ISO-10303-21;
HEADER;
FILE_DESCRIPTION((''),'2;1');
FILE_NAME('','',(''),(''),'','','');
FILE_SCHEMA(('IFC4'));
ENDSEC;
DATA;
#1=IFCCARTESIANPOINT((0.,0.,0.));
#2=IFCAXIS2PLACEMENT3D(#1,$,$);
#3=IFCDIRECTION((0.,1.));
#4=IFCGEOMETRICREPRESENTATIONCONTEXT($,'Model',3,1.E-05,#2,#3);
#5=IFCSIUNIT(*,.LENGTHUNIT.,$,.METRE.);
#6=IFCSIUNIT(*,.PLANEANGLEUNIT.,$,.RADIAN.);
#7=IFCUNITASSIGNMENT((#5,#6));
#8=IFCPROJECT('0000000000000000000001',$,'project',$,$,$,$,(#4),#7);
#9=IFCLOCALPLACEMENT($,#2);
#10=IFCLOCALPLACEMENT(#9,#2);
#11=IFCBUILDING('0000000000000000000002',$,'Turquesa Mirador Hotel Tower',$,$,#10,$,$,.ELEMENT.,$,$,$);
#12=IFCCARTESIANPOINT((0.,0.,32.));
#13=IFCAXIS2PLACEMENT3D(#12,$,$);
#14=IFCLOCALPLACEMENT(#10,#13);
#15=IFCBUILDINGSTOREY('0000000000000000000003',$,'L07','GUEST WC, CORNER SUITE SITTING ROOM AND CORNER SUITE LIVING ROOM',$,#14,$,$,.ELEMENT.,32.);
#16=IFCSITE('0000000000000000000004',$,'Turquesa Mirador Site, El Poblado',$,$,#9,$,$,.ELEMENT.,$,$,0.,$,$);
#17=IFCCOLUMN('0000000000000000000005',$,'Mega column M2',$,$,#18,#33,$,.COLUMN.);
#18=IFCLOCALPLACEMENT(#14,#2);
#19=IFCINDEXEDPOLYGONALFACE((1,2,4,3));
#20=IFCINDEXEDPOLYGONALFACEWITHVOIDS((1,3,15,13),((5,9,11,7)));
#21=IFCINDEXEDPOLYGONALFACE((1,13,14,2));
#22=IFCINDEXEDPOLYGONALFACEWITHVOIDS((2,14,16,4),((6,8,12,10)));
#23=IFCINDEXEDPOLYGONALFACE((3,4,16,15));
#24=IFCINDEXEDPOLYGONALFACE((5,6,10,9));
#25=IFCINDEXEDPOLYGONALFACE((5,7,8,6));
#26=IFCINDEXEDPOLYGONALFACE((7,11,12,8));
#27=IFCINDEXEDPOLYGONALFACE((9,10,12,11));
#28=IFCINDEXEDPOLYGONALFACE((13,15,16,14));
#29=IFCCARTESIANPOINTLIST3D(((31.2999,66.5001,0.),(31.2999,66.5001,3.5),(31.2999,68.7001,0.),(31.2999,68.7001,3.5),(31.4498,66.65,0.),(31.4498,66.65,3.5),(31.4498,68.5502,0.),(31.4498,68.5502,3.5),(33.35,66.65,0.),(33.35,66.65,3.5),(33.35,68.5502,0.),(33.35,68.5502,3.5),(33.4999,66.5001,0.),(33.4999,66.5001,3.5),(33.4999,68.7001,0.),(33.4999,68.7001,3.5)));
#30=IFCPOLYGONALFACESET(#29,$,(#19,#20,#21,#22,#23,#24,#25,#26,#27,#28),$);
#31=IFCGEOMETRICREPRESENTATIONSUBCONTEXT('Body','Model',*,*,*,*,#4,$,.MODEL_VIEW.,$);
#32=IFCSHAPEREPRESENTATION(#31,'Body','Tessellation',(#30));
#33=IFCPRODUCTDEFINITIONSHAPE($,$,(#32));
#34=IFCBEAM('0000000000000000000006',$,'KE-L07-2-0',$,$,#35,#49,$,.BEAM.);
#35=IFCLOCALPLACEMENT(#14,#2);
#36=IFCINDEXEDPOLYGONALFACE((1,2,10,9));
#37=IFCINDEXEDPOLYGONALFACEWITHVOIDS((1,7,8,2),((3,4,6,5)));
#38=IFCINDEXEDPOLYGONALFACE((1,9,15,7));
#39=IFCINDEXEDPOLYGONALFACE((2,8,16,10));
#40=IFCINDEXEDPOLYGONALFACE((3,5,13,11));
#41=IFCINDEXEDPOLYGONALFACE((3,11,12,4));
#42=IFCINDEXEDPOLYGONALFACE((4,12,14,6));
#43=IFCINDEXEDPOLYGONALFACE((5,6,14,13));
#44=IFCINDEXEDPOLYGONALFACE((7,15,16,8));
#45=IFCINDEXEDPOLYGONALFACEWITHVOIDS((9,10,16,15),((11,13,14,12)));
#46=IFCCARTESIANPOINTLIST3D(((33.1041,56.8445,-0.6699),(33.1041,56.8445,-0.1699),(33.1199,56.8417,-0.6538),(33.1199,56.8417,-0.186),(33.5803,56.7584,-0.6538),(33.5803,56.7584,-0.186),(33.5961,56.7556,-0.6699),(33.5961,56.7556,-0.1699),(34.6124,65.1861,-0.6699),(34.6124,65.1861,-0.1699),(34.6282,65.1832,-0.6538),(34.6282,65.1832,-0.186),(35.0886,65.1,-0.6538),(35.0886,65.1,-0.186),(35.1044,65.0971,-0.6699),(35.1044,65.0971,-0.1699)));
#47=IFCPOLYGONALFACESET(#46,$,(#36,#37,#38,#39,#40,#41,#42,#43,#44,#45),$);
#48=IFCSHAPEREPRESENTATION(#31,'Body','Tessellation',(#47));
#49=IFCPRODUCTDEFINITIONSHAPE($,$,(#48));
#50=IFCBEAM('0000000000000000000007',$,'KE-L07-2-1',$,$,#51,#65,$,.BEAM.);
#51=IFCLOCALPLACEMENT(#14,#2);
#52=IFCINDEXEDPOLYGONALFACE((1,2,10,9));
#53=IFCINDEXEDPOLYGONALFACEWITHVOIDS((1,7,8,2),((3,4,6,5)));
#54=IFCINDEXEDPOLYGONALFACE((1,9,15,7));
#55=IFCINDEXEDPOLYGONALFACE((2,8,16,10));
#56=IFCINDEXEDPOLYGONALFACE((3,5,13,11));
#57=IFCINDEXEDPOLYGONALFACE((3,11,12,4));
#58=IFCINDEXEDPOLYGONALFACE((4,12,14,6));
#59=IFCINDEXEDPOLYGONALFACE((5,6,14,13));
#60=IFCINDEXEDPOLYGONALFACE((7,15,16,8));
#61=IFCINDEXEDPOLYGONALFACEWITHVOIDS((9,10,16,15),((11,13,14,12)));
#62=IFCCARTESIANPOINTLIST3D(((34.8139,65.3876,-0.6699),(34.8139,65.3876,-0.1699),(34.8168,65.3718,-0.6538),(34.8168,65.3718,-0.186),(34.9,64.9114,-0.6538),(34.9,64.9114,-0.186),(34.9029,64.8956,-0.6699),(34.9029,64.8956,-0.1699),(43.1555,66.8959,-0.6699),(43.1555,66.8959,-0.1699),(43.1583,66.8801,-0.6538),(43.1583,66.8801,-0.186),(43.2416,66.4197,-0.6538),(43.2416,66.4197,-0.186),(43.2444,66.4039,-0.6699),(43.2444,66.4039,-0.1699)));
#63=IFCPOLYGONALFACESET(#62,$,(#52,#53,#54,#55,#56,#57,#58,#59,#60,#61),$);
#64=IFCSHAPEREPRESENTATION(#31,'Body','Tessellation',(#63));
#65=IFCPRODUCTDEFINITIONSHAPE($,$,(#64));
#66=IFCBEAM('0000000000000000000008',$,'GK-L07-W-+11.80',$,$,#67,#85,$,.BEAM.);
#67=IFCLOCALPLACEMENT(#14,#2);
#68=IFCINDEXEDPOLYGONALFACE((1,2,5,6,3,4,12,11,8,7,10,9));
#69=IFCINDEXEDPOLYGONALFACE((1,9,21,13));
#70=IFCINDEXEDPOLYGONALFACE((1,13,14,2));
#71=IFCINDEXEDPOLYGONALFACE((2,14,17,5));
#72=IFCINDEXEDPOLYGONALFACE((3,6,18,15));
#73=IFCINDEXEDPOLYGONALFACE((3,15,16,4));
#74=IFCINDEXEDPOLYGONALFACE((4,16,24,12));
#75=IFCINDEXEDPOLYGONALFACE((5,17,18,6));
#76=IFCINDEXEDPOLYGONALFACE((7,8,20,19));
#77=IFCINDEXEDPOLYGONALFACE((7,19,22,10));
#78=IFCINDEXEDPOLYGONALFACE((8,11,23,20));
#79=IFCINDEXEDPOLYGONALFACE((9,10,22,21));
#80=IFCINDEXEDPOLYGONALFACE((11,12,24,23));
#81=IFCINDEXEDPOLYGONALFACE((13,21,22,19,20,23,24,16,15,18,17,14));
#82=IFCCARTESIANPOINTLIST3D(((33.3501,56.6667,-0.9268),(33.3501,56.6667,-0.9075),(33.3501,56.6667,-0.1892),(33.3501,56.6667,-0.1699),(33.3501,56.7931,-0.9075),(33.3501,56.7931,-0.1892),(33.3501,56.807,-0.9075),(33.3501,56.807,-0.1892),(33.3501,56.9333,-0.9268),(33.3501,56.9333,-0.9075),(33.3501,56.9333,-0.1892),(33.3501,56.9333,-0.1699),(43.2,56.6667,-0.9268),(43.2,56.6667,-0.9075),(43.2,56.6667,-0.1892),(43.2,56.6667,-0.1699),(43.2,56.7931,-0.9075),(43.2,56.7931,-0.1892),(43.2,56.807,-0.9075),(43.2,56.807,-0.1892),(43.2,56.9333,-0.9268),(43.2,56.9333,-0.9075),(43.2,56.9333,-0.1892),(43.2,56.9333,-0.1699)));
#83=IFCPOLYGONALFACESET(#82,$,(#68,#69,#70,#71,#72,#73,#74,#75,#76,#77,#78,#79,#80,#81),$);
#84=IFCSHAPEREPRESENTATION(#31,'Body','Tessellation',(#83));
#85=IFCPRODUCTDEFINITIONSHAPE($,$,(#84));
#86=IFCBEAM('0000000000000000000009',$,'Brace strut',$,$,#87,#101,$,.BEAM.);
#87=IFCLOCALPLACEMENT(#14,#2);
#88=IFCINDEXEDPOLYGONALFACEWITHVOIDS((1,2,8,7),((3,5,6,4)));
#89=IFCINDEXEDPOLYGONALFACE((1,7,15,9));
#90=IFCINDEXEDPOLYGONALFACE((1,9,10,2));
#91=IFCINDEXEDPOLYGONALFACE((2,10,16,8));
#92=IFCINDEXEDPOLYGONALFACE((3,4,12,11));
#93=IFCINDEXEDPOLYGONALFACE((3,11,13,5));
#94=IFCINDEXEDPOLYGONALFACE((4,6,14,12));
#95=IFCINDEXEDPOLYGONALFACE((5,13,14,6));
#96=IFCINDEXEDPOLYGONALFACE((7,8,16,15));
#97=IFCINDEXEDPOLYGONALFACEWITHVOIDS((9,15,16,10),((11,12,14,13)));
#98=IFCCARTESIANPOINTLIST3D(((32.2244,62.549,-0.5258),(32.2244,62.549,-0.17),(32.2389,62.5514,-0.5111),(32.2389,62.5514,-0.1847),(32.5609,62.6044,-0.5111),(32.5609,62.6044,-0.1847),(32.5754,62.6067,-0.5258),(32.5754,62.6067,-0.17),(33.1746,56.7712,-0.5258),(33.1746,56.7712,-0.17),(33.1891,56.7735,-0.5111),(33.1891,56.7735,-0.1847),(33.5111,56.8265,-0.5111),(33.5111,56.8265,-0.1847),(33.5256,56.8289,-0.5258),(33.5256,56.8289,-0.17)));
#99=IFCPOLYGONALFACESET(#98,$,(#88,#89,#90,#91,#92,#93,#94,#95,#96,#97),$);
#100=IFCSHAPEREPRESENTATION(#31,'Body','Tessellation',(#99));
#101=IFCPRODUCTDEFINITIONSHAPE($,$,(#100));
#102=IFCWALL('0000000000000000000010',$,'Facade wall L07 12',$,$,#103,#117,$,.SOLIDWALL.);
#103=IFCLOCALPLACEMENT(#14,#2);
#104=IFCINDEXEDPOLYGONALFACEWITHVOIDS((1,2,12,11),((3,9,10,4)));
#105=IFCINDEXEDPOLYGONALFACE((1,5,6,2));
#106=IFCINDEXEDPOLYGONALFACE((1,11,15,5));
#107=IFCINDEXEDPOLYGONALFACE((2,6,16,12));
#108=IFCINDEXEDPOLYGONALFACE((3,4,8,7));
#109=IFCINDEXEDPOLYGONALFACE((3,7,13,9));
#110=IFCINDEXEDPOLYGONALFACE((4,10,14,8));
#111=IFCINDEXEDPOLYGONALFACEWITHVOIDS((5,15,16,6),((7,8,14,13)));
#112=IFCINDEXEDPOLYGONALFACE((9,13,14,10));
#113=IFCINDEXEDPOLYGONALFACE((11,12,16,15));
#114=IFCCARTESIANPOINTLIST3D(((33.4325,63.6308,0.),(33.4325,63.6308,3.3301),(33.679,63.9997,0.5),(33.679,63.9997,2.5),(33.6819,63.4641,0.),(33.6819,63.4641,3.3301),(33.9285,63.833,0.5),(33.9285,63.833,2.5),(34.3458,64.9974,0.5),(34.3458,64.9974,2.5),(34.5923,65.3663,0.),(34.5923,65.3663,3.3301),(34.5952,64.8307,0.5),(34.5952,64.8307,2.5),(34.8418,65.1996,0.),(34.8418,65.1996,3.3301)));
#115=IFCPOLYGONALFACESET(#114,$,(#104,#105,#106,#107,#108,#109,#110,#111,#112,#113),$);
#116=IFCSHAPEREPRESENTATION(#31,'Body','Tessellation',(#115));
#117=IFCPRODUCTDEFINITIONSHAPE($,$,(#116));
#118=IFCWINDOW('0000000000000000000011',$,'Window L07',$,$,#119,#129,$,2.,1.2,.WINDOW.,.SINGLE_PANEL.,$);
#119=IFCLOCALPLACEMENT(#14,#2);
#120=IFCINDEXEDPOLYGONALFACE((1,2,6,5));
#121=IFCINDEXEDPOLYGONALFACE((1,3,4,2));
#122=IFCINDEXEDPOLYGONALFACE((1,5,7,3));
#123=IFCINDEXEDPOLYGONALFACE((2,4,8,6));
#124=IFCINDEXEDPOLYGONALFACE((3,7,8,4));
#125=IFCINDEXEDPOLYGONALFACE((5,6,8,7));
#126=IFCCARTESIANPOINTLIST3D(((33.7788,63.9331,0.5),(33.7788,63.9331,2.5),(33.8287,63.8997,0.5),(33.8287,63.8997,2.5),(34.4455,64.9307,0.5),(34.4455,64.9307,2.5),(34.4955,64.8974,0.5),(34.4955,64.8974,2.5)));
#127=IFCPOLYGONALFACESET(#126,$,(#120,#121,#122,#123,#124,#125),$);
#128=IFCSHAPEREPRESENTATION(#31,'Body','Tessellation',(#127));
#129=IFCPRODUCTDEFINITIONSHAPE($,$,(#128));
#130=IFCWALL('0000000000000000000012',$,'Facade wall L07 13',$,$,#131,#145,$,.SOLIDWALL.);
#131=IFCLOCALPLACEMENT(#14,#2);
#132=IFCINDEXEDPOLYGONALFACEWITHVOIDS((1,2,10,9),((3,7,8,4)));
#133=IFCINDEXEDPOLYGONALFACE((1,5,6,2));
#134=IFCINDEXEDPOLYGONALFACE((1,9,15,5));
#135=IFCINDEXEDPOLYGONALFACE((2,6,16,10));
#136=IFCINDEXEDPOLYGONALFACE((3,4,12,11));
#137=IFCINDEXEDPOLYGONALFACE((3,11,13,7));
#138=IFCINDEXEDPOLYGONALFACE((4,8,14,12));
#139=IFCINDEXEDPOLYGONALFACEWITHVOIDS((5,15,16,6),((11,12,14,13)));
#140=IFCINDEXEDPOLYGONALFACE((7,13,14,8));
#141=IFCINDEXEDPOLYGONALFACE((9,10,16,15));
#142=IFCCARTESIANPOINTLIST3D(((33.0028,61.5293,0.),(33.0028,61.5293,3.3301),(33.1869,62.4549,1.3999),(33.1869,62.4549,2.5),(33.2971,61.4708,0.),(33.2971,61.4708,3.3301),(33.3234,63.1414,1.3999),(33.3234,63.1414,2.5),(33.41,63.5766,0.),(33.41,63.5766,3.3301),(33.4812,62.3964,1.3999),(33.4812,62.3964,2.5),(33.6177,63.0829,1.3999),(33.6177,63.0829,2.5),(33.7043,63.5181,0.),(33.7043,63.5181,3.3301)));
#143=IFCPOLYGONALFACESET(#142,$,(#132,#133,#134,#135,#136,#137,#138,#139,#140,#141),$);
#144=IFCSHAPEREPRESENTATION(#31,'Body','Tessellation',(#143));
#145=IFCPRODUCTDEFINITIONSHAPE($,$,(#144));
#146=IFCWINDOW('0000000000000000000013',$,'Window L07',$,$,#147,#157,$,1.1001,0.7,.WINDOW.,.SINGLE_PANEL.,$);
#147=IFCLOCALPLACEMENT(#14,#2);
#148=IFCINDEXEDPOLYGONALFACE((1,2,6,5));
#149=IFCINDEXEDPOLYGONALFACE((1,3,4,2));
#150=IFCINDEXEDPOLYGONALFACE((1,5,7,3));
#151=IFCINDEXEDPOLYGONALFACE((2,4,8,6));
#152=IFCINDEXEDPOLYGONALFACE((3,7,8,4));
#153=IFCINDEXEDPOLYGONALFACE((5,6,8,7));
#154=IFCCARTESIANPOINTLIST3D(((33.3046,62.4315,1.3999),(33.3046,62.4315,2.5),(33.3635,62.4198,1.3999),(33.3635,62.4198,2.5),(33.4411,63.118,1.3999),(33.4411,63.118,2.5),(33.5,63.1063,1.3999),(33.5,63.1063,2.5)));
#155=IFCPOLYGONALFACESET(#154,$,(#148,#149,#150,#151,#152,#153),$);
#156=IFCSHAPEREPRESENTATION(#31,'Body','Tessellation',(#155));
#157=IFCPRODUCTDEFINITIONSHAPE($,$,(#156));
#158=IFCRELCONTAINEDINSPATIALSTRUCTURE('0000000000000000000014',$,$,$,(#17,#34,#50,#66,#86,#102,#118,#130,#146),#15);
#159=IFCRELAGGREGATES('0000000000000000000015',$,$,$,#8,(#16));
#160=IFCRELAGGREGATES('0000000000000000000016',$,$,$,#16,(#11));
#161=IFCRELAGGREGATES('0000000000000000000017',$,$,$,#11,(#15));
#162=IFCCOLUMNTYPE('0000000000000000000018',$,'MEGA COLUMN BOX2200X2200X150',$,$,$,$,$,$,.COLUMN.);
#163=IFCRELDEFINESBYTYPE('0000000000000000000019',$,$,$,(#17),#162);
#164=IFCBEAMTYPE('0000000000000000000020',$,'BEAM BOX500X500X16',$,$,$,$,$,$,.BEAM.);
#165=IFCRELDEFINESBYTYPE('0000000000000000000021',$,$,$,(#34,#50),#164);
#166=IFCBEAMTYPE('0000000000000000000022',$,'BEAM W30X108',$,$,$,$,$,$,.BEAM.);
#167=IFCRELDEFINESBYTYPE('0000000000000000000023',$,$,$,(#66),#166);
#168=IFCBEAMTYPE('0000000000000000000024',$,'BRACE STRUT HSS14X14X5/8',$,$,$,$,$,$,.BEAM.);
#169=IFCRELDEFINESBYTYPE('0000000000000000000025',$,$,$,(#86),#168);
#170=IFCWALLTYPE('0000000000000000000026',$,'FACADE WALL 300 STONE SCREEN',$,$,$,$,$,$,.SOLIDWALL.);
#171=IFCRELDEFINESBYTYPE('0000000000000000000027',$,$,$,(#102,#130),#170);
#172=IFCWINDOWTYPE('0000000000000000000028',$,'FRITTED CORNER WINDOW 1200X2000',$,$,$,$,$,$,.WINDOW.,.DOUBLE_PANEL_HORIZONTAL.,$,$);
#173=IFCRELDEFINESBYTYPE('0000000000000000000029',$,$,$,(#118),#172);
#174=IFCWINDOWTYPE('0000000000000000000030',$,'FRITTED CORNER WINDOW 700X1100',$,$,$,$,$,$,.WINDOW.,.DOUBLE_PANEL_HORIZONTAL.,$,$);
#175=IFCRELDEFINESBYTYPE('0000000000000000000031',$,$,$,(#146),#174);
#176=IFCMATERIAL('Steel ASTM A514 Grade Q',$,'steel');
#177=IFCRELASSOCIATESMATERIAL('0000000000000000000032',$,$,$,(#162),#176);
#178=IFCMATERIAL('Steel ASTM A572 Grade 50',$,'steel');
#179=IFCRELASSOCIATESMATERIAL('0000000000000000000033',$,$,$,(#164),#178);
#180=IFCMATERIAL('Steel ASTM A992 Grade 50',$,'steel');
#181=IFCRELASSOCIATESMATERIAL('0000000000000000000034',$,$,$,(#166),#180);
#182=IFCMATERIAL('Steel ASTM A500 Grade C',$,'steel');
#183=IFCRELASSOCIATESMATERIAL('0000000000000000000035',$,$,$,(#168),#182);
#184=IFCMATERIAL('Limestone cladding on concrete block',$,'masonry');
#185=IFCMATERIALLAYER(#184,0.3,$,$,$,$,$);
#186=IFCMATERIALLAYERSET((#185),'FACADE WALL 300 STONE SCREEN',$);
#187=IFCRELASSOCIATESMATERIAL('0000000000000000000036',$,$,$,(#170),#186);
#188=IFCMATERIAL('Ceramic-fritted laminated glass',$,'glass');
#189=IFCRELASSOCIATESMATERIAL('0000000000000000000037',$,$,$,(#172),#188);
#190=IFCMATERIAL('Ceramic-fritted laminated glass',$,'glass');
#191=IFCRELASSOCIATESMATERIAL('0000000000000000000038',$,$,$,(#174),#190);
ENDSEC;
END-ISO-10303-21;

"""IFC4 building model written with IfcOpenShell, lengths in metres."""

from ifc_helpers import new_model, si_unit, direction, frame, frame_2d, origin, origin_2d, place, context, subcontext, project, spatial, rectangle, hollow_rectangle, i_section, extrude, material, layer, layer_set, material_profile, profile_set, type_object, element, fill, save


model = new_model("IFC4")

# Units and contexts
model_context = context("Model", 3, precision=1e-05, world=origin(), true_north=direction((0.0, 1.0)))
body_context = subcontext(model_context, "Body", "Model", "MODEL_VIEW")
ifc_project = project(units=[si_unit("LENGTHUNIT", "METRE"), si_unit("PLANEANGLEUNIT", "RADIAN")], contexts=[model_context])

# Site, building, storey
site_placement = place(None, origin())
site = spatial("IfcSite", under=ifc_project, at=site_placement, Name="Turquesa Mirador Site, El Poblado", CompositionType="ELEMENT", RefElevation=0.0)
building_placement = place(site_placement, origin())
building = spatial("IfcBuilding", under=site, at=building_placement, Name="Turquesa Mirador Hotel Tower", CompositionType="ELEMENT")
storey_placement = place(building_placement, frame((0.0, 0.0, 32.0)))
storey = spatial("IfcBuildingStorey", under=building, at=storey_placement, Name="L07", Description="GUEST WC, CORNER SUITE SITTING ROOM AND CORNER SUITE LIVING ROOM", CompositionType="ELEMENT", Elevation=32.0)

# Column
ifc_material_1 = material(Name="Steel ASTM A514 Grade Q", Category="steel")
ifc_material_profile_1 = material_profile(ifc_material_1, hollow_rectangle(XDim=2.2, YDim=2.2, WallThickness=0.1499, at=origin_2d()), Name="BOX2200X2200X150")
ifc_profile_set_1 = profile_set([ifc_material_profile_1], Name="Steel ASTM A514 Grade Q")
column_type = type_object("IfcColumnType", Name="MEGA COLUMN BOX2200X2200X150", PredefinedType="COLUMN", material=ifc_profile_set_1)
column_placement = place(storey_placement, frame((32.3999, 67.6001, 0.0), z_axis=(0.0, 0.0, 1.0), x_axis=(1.0, 0.0, 0.0)))
element("IfcColumn", 1, at=column_placement, inside=storey, type_object=column_type, Name="Mega column M2", PredefinedType="COLUMN", context=body_context, shape_type="SweptSolid", body=[
    extrude(hollow_rectangle(XDim=2.2, YDim=2.2, WallThickness=0.1499, at=origin_2d()), origin(), (0.0, 0.0, 1.0), 3.5),
])

# Beams
ifc_material_2 = material(Name="Steel ASTM A572 Grade 50", Category="steel")
ifc_material_profile_2 = material_profile(ifc_material_2, hollow_rectangle(XDim=0.5, YDim=0.5, WallThickness=0.0161, at=origin_2d()), Name="BOX500X500X16")
ifc_profile_set_2 = profile_set([ifc_material_profile_2], Name="Steel ASTM A572 Grade 50")
beam_type_1 = type_object("IfcBeamType", Name="BEAM BOX500X500X16", PredefinedType="BEAM", material=ifc_profile_set_2)
for number, where, z_axis, x_axis, name in (
    (2, (33.3501, 56.8, -0.4199), (0.177932, 0.984043, 0.0), (-0.984043, 0.177932, 0.0), "KE-L07-2-0"),
    (3, (34.8584, 65.1416, -0.4199), (0.984043, 0.177932, 0.0), (-0.177932, 0.984043, 0.0), "KE-L07-2-1"),
):
    element("IfcBeam", number, at=place(storey_placement, frame(where, z_axis=z_axis, x_axis=x_axis)), inside=storey, type_object=beam_type_1, Name=name, PredefinedType="BEAM", context=body_context, shape_type="SweptSolid", body=[
        extrude(hollow_rectangle(XDim=0.5, YDim=0.5, WallThickness=0.0161, at=origin_2d()), origin(), (0.0, 0.0, 1.0), 8.4768),
    ])
ifc_material_3 = material(Name="Steel ASTM A992 Grade 50", Category="steel")
ifc_material_profile_3 = material_profile(ifc_material_3, i_section(OverallWidth=0.2666, OverallDepth=0.7568, WebThickness=0.0139, FlangeThickness=0.0193, at=origin_2d()), Name="W30X108")
ifc_profile_set_3 = profile_set([ifc_material_profile_3], Name="Steel ASTM A992 Grade 50")
beam_type_2 = type_object("IfcBeamType", Name="BEAM W30X108", PredefinedType="BEAM", material=ifc_profile_set_3)
beam_1_placement = place(storey_placement, frame((33.3501, 56.8, -0.5483), z_axis=(1.0, 0.0, 0.0), x_axis=(0.0, 1.0, 0.0)))
element("IfcBeam", 4, at=beam_1_placement, inside=storey, type_object=beam_type_2, Name="GK-L07-W-+11.80", PredefinedType="BEAM", context=body_context, shape_type="SweptSolid", body=[
    extrude(i_section(OverallWidth=0.2666, OverallDepth=0.7568, WebThickness=0.0139, FlangeThickness=0.0193, at=origin_2d()), origin(), (0.0, 0.0, 1.0), 9.8499),
])
ifc_material_4 = material(Name="Steel ASTM A500 Grade C", Category="steel")
ifc_material_profile_4 = material_profile(ifc_material_4, hollow_rectangle(XDim=0.3557, YDim=0.3557, WallThickness=0.0146, at=origin_2d()), Name="HSS14X14X5/8")
ifc_profile_set_4 = profile_set([ifc_material_profile_4], Name="Steel ASTM A500 Grade C")
beam_type_3 = type_object("IfcBeamType", Name="BRACE STRUT HSS14X14X5/8", PredefinedType="BEAM", material=ifc_profile_set_4)
beam_2_placement = place(storey_placement, frame((32.3999, 62.5779, -0.3479), z_axis=(0.162276, -0.986745, 0.0), x_axis=(0.986745, 0.162276, 0.0)))
element("IfcBeam", 5, at=beam_2_placement, inside=storey, type_object=beam_type_3, Name="Brace strut", PredefinedType="BEAM", context=body_context, shape_type="SweptSolid", body=[
    extrude(hollow_rectangle(XDim=0.3557, YDim=0.3557, WallThickness=0.0146, at=origin_2d()), origin(), (0.0, 0.0, 1.0), 5.8555),
])

# Walls, openings, windows
ifc_material_5 = material(Name="Limestone cladding on concrete block", Category="masonry")
ifc_layer = layer(ifc_material_5, 0.3)
ifc_layer_set = layer_set([ifc_layer], Name="FACADE WALL 300 STONE SCREEN")
wall_type = type_object("IfcWallType", Name="FACADE WALL 300 STONE SCREEN", PredefinedType="SOLIDWALL", material=ifc_layer_set)
wall_1_placement = place(storey_placement, frame((34.717, 65.283, 0.0), z_axis=(0.0, 0.0, 1.0), x_axis=(-0.555644, -0.83142, 0.0)))
wall_1 = element("IfcWall", 6, at=wall_1_placement, inside=storey, type_object=wall_type, Name="Facade wall L07 12", PredefinedType="SOLIDWALL", context=body_context, shape_type="SweptSolid", body=[
    extrude(rectangle(XDim=2.0874, YDim=0.3, at=frame_2d((1.0437, 0.0))), origin(), (0.0, 0.0, 1.0), 3.3301),
])
opening_1_placement = place(wall_1_placement, frame((0.4436, 0.0, 0.5)))
opening_1 = element("IfcOpeningElement", 7, at=opening_1_placement, cuts=wall_1, PredefinedType="OPENING", context=body_context, shape_type="SweptSolid", body=[
    extrude(rectangle(XDim=1.2, YDim=2.0, at=frame_2d((0.6001, 1.0))), frame((0.0, 0.1599, 0.0), z_axis=(0.0, -1.0, 0.0), x_axis=(1.0, 0.0, 0.0)), (0.0, 0.0, 1.0), 0.3201),
])
ifc_material_6 = material(Name="Ceramic-fritted laminated glass", Category="glass")
window_type_1 = type_object("IfcWindowType", Name="FRITTED CORNER WINDOW 1200X2000", PartitioningType="DOUBLE_PANEL_HORIZONTAL", PredefinedType="WINDOW", material=ifc_material_6)
window_1_placement = place(opening_1_placement, origin())
window_1 = element("IfcWindow", 8, at=window_1_placement, inside=storey, type_object=window_type_1, Name="Window L07", OverallHeight=2.0, OverallWidth=1.2, PartitioningType="SINGLE_PANEL", PredefinedType="WINDOW", context=body_context, shape_type="SweptSolid", body=[
    extrude(rectangle(XDim=1.2, YDim=2.0, at=frame_2d((0.6001, 1.0))), frame((0.0, 0.03, 0.0), z_axis=(0.0, -1.0, 0.0), x_axis=(1.0, 0.0, 0.0)), (0.0, 0.0, 1.0), 0.0601),
])
fill(opening_1, window_1)
wall_2_placement = place(storey_placement, frame((33.5571, 63.5474, 0.0), z_axis=(0.0, 0.0, 1.0), x_axis=(-0.195081, -0.980787, 0.0)))
wall_2 = element("IfcWall", 9, at=wall_2_placement, inside=storey, type_object=wall_type, Name="Facade wall L07 13", PredefinedType="SOLIDWALL", context=body_context, shape_type="SweptSolid", body=[
    extrude(rectangle(XDim=2.0874, YDim=0.3, at=frame_2d((1.0437, 0.0))), origin(), (0.0, 0.0, 1.0), 3.3301),
])
opening_2_placement = place(wall_2_placement, frame((0.4436, 0.0, 1.3999)))
opening_2 = element("IfcOpeningElement", 10, at=opening_2_placement, cuts=wall_2, PredefinedType="OPENING", context=body_context, shape_type="SweptSolid", body=[
    extrude(rectangle(XDim=0.7, YDim=1.1001, at=frame_2d((0.3501, 0.55))), frame((0.0, 0.1599, 0.0), z_axis=(0.0, -1.0, 0.0), x_axis=(1.0, 0.0, 0.0)), (0.0, 0.0, 1.0), 0.3201),
])
ifc_material_7 = material(Name="Ceramic-fritted laminated glass", Category="glass")
window_type_2 = type_object("IfcWindowType", Name="FRITTED CORNER WINDOW 700X1100", PartitioningType="DOUBLE_PANEL_HORIZONTAL", PredefinedType="WINDOW", material=ifc_material_7)
window_2_placement = place(opening_2_placement, origin())
window_2 = element("IfcWindow", 11, at=window_2_placement, inside=storey, type_object=window_type_2, Name="Window L07", OverallHeight=1.1001, OverallWidth=0.7, PartitioningType="SINGLE_PANEL", PredefinedType="WINDOW", context=body_context, shape_type="SweptSolid", body=[
    extrude(rectangle(XDim=0.7, YDim=1.1001, at=frame_2d((0.3501, 0.55))), frame((0.0, 0.03, 0.0), z_axis=(0.0, -1.0, 0.0), x_axis=(1.0, 0.0, 0.0)), (0.0, 0.0, 1.0), 0.0601),
])
fill(opening_2, window_2)

save(model, "model.ifc")
